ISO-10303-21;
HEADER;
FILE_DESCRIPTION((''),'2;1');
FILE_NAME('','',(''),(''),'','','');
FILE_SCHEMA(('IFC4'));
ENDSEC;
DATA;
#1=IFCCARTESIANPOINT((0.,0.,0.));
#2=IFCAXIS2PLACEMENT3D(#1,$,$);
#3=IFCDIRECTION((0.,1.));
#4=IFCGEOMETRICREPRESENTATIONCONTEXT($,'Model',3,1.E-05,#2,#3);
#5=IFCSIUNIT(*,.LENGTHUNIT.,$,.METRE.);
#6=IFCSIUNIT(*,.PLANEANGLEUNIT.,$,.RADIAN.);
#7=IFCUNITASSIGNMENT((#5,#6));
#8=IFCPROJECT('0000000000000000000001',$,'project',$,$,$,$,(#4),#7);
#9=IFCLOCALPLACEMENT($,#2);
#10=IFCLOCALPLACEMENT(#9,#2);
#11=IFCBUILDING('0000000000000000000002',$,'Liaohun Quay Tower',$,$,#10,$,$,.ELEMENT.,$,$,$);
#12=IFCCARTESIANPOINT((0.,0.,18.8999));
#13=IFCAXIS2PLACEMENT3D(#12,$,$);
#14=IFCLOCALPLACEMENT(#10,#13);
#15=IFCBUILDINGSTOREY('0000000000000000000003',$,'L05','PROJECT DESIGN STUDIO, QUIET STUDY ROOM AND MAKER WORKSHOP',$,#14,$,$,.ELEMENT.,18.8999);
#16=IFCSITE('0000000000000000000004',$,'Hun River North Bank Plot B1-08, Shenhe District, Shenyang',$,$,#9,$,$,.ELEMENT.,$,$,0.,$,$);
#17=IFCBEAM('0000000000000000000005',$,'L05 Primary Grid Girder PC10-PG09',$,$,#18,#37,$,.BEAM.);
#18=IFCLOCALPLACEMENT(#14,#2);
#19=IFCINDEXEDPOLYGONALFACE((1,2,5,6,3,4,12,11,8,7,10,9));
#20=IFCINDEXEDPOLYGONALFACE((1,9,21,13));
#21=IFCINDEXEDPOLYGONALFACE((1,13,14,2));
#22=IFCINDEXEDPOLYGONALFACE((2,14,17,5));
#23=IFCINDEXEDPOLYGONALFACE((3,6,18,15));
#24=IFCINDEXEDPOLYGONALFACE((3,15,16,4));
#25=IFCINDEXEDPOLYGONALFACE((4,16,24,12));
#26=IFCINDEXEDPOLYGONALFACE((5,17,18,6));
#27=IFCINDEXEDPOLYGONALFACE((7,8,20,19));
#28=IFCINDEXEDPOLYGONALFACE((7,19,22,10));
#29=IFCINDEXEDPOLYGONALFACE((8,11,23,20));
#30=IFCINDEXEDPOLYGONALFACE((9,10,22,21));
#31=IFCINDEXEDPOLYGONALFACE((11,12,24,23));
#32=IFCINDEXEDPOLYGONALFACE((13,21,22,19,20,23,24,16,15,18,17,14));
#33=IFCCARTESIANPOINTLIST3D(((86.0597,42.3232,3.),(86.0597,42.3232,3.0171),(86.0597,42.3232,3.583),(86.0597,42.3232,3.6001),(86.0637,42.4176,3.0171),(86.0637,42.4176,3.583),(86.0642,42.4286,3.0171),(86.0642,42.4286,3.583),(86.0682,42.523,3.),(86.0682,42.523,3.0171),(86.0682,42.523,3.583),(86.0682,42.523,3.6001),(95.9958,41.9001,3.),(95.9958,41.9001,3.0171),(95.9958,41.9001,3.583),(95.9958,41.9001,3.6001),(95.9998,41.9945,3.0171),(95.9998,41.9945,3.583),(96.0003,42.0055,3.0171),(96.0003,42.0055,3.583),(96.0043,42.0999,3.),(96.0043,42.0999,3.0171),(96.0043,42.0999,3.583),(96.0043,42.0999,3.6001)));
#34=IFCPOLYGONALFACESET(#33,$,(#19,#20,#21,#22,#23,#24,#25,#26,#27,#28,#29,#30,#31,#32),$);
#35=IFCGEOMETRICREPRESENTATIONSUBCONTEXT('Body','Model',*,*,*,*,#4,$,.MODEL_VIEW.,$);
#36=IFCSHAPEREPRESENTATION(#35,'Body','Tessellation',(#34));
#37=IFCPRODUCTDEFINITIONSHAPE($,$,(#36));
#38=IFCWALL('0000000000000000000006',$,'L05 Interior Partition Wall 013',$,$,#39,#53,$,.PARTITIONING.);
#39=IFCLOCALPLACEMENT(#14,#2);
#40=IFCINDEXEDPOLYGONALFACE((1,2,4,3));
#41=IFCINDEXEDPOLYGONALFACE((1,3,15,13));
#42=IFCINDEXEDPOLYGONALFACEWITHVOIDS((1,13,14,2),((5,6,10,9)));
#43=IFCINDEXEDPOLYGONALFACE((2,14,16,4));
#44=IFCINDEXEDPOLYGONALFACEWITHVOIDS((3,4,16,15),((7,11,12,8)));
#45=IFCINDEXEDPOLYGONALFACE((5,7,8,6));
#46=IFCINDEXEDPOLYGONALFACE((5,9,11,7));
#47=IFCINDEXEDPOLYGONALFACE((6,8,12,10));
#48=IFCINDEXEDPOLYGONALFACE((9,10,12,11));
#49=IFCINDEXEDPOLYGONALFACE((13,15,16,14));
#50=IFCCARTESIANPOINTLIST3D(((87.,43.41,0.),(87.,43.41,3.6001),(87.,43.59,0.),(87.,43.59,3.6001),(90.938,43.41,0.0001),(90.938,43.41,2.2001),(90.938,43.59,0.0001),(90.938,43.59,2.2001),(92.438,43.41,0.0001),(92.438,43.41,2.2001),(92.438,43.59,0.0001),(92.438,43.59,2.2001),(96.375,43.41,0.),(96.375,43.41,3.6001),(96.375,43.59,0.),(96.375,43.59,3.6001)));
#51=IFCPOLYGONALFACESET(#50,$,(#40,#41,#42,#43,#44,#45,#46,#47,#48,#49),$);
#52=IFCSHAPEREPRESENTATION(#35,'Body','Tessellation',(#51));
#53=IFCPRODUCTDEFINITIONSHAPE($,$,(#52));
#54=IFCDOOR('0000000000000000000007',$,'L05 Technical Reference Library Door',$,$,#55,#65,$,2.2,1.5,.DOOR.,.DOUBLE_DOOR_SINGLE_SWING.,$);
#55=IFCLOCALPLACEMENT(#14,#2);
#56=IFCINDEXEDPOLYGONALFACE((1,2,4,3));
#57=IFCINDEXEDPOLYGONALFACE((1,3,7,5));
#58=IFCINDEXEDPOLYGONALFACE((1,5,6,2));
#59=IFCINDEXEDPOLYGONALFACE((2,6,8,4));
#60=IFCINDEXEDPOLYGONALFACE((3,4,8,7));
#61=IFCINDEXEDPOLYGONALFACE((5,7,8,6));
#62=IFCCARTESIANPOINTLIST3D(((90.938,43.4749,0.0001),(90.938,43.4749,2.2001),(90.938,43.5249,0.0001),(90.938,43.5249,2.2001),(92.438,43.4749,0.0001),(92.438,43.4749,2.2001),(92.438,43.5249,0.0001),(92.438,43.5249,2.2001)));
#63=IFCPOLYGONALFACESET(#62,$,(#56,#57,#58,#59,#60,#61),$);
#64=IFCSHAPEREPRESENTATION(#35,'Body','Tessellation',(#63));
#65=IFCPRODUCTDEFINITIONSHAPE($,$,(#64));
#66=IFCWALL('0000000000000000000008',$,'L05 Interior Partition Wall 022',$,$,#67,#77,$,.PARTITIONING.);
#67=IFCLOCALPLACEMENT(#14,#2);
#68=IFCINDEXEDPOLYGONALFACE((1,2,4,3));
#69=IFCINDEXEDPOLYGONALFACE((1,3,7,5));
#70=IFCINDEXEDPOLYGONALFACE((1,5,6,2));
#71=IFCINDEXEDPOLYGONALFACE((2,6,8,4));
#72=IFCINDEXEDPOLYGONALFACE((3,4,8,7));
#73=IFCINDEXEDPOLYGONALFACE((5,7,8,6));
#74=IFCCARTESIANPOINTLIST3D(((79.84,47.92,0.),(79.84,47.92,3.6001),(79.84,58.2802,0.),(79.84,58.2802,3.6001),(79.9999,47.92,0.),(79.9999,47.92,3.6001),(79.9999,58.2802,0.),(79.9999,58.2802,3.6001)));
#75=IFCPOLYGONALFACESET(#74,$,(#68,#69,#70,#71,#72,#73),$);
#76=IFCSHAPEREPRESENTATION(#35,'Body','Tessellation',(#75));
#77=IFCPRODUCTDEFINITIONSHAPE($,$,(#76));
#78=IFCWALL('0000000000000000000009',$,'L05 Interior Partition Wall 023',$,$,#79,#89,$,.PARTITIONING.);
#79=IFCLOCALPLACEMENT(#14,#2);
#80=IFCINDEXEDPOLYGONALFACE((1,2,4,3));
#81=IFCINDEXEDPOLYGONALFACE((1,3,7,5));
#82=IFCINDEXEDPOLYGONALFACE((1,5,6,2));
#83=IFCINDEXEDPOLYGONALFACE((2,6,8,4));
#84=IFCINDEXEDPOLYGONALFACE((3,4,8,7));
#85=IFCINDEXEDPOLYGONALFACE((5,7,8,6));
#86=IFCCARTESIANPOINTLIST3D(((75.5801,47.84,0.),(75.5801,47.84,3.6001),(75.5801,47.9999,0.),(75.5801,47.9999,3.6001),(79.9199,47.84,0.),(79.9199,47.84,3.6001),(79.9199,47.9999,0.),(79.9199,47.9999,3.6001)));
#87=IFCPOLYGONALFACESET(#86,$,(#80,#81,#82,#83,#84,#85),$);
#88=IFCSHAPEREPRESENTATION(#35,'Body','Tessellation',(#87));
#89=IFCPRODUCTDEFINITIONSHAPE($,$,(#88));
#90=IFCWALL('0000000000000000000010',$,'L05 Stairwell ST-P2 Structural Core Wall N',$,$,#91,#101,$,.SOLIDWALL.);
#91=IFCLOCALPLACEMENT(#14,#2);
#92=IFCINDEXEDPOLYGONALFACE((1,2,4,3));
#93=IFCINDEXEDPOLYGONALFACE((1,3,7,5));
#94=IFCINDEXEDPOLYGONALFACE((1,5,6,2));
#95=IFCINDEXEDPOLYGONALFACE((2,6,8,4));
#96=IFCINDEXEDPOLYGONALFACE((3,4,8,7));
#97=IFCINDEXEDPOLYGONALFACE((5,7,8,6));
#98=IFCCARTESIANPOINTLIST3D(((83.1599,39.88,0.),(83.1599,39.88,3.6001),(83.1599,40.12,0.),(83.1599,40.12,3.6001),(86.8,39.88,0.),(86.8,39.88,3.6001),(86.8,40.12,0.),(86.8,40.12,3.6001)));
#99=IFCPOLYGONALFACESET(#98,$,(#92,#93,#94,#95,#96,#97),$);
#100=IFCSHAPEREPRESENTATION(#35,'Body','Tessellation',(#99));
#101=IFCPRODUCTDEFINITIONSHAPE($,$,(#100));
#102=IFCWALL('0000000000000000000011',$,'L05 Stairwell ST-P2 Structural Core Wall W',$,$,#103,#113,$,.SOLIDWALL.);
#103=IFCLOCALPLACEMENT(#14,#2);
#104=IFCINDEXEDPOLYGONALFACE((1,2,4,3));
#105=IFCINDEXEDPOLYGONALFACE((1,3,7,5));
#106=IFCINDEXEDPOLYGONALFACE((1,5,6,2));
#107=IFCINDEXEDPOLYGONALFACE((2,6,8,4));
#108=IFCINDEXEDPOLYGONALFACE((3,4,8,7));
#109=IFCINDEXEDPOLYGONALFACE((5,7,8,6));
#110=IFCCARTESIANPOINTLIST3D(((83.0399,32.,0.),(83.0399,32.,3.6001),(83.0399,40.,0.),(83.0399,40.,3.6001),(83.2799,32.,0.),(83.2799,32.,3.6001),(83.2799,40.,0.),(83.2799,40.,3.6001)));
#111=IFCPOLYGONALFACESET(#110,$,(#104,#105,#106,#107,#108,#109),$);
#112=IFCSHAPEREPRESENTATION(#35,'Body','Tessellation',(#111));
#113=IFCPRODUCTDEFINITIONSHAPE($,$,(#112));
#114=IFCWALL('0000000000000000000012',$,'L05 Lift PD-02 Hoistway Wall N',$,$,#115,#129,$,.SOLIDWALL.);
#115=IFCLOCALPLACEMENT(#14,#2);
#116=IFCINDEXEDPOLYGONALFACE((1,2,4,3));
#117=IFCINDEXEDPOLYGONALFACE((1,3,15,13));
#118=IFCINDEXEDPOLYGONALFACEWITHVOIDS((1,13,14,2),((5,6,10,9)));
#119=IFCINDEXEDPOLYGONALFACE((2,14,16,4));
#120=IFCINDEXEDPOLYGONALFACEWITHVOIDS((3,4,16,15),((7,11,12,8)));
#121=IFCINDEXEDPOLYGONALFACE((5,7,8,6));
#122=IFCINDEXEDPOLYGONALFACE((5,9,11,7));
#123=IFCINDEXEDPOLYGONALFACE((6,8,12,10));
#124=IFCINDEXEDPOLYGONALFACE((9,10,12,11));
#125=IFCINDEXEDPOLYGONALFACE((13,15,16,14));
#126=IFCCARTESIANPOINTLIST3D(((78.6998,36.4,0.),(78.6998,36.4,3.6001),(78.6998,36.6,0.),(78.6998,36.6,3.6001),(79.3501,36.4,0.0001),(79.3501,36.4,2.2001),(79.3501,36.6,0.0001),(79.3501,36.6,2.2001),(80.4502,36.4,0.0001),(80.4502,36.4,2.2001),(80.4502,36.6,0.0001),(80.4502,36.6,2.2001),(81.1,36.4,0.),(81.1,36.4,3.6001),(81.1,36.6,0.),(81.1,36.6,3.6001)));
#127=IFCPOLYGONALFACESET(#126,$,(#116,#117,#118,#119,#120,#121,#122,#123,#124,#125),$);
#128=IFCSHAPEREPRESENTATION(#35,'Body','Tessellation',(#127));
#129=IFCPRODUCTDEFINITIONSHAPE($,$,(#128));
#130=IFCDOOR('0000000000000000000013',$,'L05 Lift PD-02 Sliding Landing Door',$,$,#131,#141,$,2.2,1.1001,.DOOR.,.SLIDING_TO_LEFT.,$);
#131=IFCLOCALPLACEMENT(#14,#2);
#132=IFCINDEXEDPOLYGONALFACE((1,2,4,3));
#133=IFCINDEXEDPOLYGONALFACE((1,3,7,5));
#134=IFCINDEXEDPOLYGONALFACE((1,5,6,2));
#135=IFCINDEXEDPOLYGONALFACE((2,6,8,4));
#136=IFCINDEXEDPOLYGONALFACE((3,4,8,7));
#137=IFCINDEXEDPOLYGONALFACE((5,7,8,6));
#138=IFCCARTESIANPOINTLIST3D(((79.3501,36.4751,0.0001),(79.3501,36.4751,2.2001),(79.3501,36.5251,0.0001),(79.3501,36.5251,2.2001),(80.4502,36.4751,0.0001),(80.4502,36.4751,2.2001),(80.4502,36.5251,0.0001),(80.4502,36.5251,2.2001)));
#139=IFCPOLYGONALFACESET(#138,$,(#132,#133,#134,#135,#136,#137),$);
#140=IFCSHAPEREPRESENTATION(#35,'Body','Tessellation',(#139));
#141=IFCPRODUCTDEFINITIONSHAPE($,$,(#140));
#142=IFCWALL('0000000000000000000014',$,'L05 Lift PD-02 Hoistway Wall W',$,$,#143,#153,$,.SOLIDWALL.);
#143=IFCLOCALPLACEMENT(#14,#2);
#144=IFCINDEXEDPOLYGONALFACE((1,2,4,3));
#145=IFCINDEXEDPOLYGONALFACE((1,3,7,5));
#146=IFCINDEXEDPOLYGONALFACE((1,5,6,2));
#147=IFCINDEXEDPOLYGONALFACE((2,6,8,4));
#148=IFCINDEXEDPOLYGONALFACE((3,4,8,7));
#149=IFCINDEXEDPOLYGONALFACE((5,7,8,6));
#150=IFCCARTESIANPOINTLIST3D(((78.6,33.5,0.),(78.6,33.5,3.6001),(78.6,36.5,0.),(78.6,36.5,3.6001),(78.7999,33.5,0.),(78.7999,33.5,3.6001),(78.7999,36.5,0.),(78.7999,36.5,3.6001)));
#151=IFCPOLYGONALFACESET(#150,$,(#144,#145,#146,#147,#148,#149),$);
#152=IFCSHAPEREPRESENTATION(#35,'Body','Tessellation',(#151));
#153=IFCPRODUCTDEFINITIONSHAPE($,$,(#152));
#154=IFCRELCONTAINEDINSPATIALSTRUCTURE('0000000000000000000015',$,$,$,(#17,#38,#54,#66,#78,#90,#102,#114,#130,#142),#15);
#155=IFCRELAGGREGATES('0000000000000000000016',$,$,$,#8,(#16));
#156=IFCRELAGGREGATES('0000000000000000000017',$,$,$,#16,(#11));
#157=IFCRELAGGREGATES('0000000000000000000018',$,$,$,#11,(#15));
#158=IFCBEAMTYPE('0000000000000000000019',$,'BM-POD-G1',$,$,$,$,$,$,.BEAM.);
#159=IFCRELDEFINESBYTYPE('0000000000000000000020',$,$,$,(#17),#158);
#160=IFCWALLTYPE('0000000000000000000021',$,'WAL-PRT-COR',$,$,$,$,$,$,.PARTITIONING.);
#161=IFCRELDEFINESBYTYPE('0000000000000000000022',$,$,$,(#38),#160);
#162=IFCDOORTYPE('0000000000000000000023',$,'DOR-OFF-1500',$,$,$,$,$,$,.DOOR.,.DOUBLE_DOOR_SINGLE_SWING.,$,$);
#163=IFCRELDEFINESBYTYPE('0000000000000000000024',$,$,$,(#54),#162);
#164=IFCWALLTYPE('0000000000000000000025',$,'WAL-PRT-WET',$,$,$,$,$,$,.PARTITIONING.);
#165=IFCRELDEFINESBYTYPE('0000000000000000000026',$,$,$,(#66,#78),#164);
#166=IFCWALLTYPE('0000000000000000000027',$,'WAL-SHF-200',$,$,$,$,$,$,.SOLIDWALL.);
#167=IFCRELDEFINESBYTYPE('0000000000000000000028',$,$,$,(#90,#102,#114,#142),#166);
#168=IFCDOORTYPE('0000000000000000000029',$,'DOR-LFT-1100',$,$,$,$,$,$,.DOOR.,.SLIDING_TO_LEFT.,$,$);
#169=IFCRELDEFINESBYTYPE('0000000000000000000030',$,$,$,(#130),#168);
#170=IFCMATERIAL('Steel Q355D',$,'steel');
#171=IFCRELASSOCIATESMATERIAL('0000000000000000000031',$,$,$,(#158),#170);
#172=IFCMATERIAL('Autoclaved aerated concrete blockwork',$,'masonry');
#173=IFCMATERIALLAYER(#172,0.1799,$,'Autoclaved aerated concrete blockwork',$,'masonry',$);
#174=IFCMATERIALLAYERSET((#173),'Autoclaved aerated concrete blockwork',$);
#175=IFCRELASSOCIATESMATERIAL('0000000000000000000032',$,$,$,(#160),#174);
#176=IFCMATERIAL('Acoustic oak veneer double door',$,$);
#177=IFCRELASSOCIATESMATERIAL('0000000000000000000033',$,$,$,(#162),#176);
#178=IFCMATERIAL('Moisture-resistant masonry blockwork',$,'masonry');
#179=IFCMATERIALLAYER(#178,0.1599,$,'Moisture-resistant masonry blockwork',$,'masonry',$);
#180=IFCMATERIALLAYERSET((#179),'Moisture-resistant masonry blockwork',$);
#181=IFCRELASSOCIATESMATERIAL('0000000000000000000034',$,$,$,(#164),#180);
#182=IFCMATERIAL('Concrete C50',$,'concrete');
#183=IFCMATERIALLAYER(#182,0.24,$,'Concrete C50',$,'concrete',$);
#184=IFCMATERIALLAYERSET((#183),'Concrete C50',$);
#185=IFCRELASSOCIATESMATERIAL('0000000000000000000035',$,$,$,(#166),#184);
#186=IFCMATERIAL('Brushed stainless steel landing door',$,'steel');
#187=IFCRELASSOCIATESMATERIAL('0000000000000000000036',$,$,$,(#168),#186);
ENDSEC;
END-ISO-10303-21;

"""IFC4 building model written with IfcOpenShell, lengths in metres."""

from ifc_helpers import new_model, si_unit, direction, frame, frame_2d, origin, origin_2d, place, context, subcontext, project, spatial, rectangle, i_section, extrude, source, transform, mapped, material, layer, layer_set, material_profile, profile_set, type_object, element, fill, save


model = new_model("IFC4")

# Units and contexts
model_context = context("Model", 3, precision=1e-05, world=origin(), true_north=direction((0.0, 1.0)))
body_context = subcontext(model_context, "Body", "Model", "MODEL_VIEW")
ifc_project = project(units=[si_unit("LENGTHUNIT", "METRE"), si_unit("PLANEANGLEUNIT", "RADIAN")], contexts=[model_context])

# Site, building, storey
site_placement = place(None, origin())
site = spatial("IfcSite", under=ifc_project, at=site_placement, Name="Hun River North Bank Plot B1-08, Shenhe District, Shenyang", CompositionType="ELEMENT", RefElevation=0.0)
building_placement = place(site_placement, origin())
building = spatial("IfcBuilding", under=site, at=building_placement, Name="Liaohun Quay Tower", CompositionType="ELEMENT")
storey_placement = place(building_placement, frame((0.0, 0.0, 18.8999)))
storey = spatial("IfcBuildingStorey", under=building, at=storey_placement, Name="L05", Description="PROJECT DESIGN STUDIO, QUIET STUDY ROOM AND MAKER WORKSHOP", CompositionType="ELEMENT", Elevation=18.8999)

# Beam
ifc_material_1 = material(Name="Steel Q355D", Category="steel")
ifc_material_profile_1 = material_profile(ifc_material_1, i_section(OverallWidth=0.2, OverallDepth=0.6001, WebThickness=0.011, FlangeThickness=0.0171, at=origin_2d()), Name="HN600x200x11x17")
ifc_profile_set_1 = profile_set([ifc_material_profile_1], Name="Steel Q355D")
beam_type_1 = type_object("IfcBeamType", Name="BM-POD-G1", PredefinedType="BEAM", material=ifc_profile_set_1)
shared_shape_1 = source(origin(), body_context, "Body", "SweptSolid", [
    extrude(i_section(OverallWidth=0.2, OverallDepth=0.6001, WebThickness=0.011, FlangeThickness=0.0171, at=origin_2d()), origin(), (0.0, 0.0, 1.0), 9.9451),
])
beam_1_placement = place(storey_placement, frame((86.064, 42.4231, 3.3), z_axis=(0.999095, -0.042543, 0.0), x_axis=(0.042543, 0.999095, 0.0)))
element("IfcBeam", 1, at=beam_1_placement, inside=storey, type_object=beam_type_1, Name="L05 Primary Grid Girder PC10-PG09", PredefinedType="BEAM", context=body_context, shape_type="MappedRepresentation", body=[
    mapped(shared_shape_1, transform((0.0, 0.0, 0.0), x_axis=(1.0, 0.0, 0.0), y_axis=(0.0, 1.0, 0.0), z_axis=(0.0, 0.0, 1.0), scale=1.0)),
])

# Wall, opening, door
ifc_material_2 = material(Name="Autoclaved aerated concrete blockwork", Category="masonry")
ifc_layer_1 = layer(ifc_material_2, 0.1799, Name="Autoclaved aerated concrete blockwork", Category="masonry")
ifc_layer_set_1 = layer_set([ifc_layer_1], Name="Autoclaved aerated concrete blockwork")
wall_type_1 = type_object("IfcWallType", Name="WAL-PRT-COR", PredefinedType="PARTITIONING", material=ifc_layer_set_1)
wall_1_placement = place(storey_placement, frame((87.0, 43.5, 0.0), z_axis=(0.0, 0.0, 1.0), x_axis=(1.0, 0.0, 0.0)))
wall_1 = element("IfcWall", 2, at=wall_1_placement, inside=storey, type_object=wall_type_1, Name="L05 Interior Partition Wall 013", PredefinedType="PARTITIONING", context=body_context, shape_type="SweptSolid", body=[
    extrude(rectangle(XDim=9.375, YDim=0.1799, at=frame_2d((4.6875, 0.0))), origin(), (0.0, 0.0, 1.0), 3.6001),
])
shared_shape_2 = source(origin(), body_context, "Body", "SweptSolid", [
    extrude(rectangle(XDim=1.5, YDim=2.2, at=frame_2d((0.75, 1.1001))), frame((0.0, 0.0999, 0.0), z_axis=(0.0, -1.0, 0.0), x_axis=(1.0, 0.0, 0.0)), (0.0, 0.0, 1.0), 0.2),
])
opening_1_placement = place(wall_1_placement, frame((3.938, 0.0, 0.0)))
opening_1 = element("IfcOpeningElement", 3, at=opening_1_placement, cuts=wall_1, PredefinedType="OPENING", context=body_context, shape_type="MappedRepresentation", body=[
    mapped(shared_shape_2, transform((0.0, 0.0, 0.0), x_axis=(1.0, 0.0, 0.0), y_axis=(0.0, 1.0, 0.0), z_axis=(0.0, 0.0, 1.0), scale=1.0)),
])
ifc_material_3 = material(Name="Acoustic oak veneer double door")
door_type_1 = type_object("IfcDoorType", Name="DOR-OFF-1500", OperationType="DOUBLE_DOOR_SINGLE_SWING", PredefinedType="DOOR", material=ifc_material_3)
shared_shape_3 = source(origin(), body_context, "Body", "SweptSolid", [
    extrude(rectangle(XDim=1.5, YDim=2.2, at=frame_2d((0.75, 1.1001))), frame((0.0, 0.0249, 0.0), z_axis=(0.0, -1.0, 0.0), x_axis=(1.0, 0.0, 0.0)), (0.0, 0.0, 1.0), 0.05),
])
door_1_placement = place(opening_1_placement, origin())
door_1 = element("IfcDoor", 4, at=door_1_placement, inside=storey, type_object=door_type_1, Name="L05 Technical Reference Library Door", OperationType="DOUBLE_DOOR_SINGLE_SWING", OverallHeight=2.2, OverallWidth=1.5, PredefinedType="DOOR", context=body_context, shape_type="MappedRepresentation", body=[
    mapped(shared_shape_3, transform((0.0, 0.0, 0.0), x_axis=(1.0, 0.0, 0.0), y_axis=(0.0, 1.0, 0.0), z_axis=(0.0, 0.0, 1.0), scale=1.0)),
])
fill(opening_1, door_1)
ifc_material_4 = material(Name="Moisture-resistant masonry blockwork", Category="masonry")
ifc_layer_2 = layer(ifc_material_4, 0.1599, Name="Moisture-resistant masonry blockwork", Category="masonry")
ifc_layer_set_2 = layer_set([ifc_layer_2], Name="Moisture-resistant masonry blockwork")
wall_type_2 = type_object("IfcWallType", Name="WAL-PRT-WET", PredefinedType="PARTITIONING", material=ifc_layer_set_2)

# Walls
wall_2_placement = place(storey_placement, frame((79.9199, 47.9199, 0.0), z_axis=(0.0, 0.0, 1.0), x_axis=(0.0, 1.0, 0.0)))
element("IfcWall", 5, at=wall_2_placement, inside=storey, type_object=wall_type_2, Name="L05 Interior Partition Wall 022", PredefinedType="PARTITIONING", context=body_context, shape_type="SweptSolid", body=[
    extrude(rectangle(XDim=10.3601, YDim=0.1599, at=frame_2d((5.1802, 0.0))), origin(), (0.0, 0.0, 1.0), 3.6001),
])
wall_3_placement = place(storey_placement, frame((75.5801, 47.9199, 0.0), z_axis=(0.0, 0.0, 1.0), x_axis=(1.0, 0.0, 0.0)))
element("IfcWall", 6, at=wall_3_placement, inside=storey, type_object=wall_type_2, Name="L05 Interior Partition Wall 023", PredefinedType="PARTITIONING", context=body_context, shape_type="SweptSolid", body=[
    extrude(rectangle(XDim=4.3398, YDim=0.1599, at=frame_2d((2.1699, 0.0))), origin(), (0.0, 0.0, 1.0), 3.6001),
])
ifc_material_5 = material(Name="Concrete C50", Category="concrete")
ifc_layer_3 = layer(ifc_material_5, 0.24, Name="Concrete C50", Category="concrete")
ifc_layer_set_3 = layer_set([ifc_layer_3], Name="Concrete C50")
wall_type_3 = type_object("IfcWallType", Name="WAL-SHF-200", PredefinedType="SOLIDWALL", material=ifc_layer_set_3)
wall_4_placement = place(storey_placement, frame((86.8, 40.0, 0.0), z_axis=(0.0, 0.0, 1.0), x_axis=(-1.0, 0.0, 0.0)))
element("IfcWall", 7, at=wall_4_placement, inside=storey, type_object=wall_type_3, Name="L05 Stairwell ST-P2 Structural Core Wall N", PredefinedType="SOLIDWALL", context=body_context, shape_type="SweptSolid", body=[
    extrude(rectangle(XDim=3.6401, YDim=0.24, at=frame_2d((1.8201, 0.0))), origin(), (0.0, 0.0, 1.0), 3.6001),
])
wall_5_placement = place(storey_placement, frame((83.1599, 40.0, 0.0), z_axis=(0.0, 0.0, 1.0), x_axis=(0.0, -1.0, 0.0)))
element("IfcWall", 8, at=wall_5_placement, inside=storey, type_object=wall_type_3, Name="L05 Stairwell ST-P2 Structural Core Wall W", PredefinedType="SOLIDWALL", context=body_context, shape_type="SweptSolid", body=[
    extrude(rectangle(XDim=8.0, YDim=0.24, at=frame_2d((4.0, 0.0))), origin(), (0.0, 0.0, 1.0), 3.6001),
])

# Wall, opening, door
wall_6_placement = place(storey_placement, frame((81.1001, 36.5, 0.0), z_axis=(0.0, 0.0, 1.0), x_axis=(-1.0, 0.0, 0.0)))
wall_6 = element("IfcWall", 9, at=wall_6_placement, inside=storey, type_object=wall_type_3, Name="L05 Lift PD-02 Hoistway Wall N", PredefinedType="SOLIDWALL", context=body_context, shape_type="SweptSolid", body=[
    extrude(rectangle(XDim=2.4001, YDim=0.2, at=frame_2d((1.2002, 0.0))), origin(), (0.0, 0.0, 1.0), 3.6001),
])
shared_shape_4 = source(origin(), body_context, "Body", "SweptSolid", [
    extrude(rectangle(XDim=1.1001, YDim=2.2, at=frame_2d((0.55, 1.1001))), frame((0.0, 0.1099, 0.0), z_axis=(0.0, -1.0, 0.0), x_axis=(1.0, 0.0, 0.0)), (0.0, 0.0, 1.0), 0.22),
])
opening_2_placement = place(wall_6_placement, frame((0.6499, 0.0, 0.0)))
opening_2 = element("IfcOpeningElement", 10, at=opening_2_placement, cuts=wall_6, PredefinedType="OPENING", context=body_context, shape_type="MappedRepresentation", body=[
    mapped(shared_shape_4, transform((0.0, 0.0, 0.0), x_axis=(1.0, 0.0, 0.0), y_axis=(0.0, 1.0, 0.0), z_axis=(0.0, 0.0, 1.0), scale=1.0)),
])
ifc_material_6 = material(Name="Brushed stainless steel landing door", Category="steel")
door_type_2 = type_object("IfcDoorType", Name="DOR-LFT-1100", OperationType="SLIDING_TO_LEFT", PredefinedType="DOOR", material=ifc_material_6)
shared_shape_5 = source(origin(), body_context, "Body", "SweptSolid", [
    extrude(rectangle(XDim=1.1001, YDim=2.2, at=frame_2d((0.55, 1.1001))), frame((0.0, 0.0249, 0.0), z_axis=(0.0, -1.0, 0.0), x_axis=(1.0, 0.0, 0.0)), (0.0, 0.0, 1.0), 0.05),
])
door_2_placement = place(opening_2_placement, origin())
door_2 = element("IfcDoor", 11, at=door_2_placement, inside=storey, type_object=door_type_2, Name="L05 Lift PD-02 Sliding Landing Door", OperationType="SLIDING_TO_LEFT", OverallHeight=2.2, OverallWidth=1.1001, PredefinedType="DOOR", context=body_context, shape_type="MappedRepresentation", body=[
    mapped(shared_shape_5, transform((0.0, 0.0, 0.0), x_axis=(1.0, 0.0, 0.0), y_axis=(0.0, 1.0, 0.0), z_axis=(0.0, 0.0, 1.0), scale=1.0)),
])
fill(opening_2, door_2)

# Wall
wall_7_placement = place(storey_placement, frame((78.7, 36.5, 0.0), z_axis=(0.0, 0.0, 1.0), x_axis=(0.0, -1.0, 0.0)))
element("IfcWall", 12, at=wall_7_placement, inside=storey, type_object=wall_type_3, Name="L05 Lift PD-02 Hoistway Wall W", PredefinedType="SOLIDWALL", context=body_context, shape_type="SweptSolid", body=[
    extrude(rectangle(XDim=3.0, YDim=0.2, at=frame_2d((1.5, 0.0))), origin(), (0.0, 0.0, 1.0), 3.6001),
])

save(model, "model.ifc")
